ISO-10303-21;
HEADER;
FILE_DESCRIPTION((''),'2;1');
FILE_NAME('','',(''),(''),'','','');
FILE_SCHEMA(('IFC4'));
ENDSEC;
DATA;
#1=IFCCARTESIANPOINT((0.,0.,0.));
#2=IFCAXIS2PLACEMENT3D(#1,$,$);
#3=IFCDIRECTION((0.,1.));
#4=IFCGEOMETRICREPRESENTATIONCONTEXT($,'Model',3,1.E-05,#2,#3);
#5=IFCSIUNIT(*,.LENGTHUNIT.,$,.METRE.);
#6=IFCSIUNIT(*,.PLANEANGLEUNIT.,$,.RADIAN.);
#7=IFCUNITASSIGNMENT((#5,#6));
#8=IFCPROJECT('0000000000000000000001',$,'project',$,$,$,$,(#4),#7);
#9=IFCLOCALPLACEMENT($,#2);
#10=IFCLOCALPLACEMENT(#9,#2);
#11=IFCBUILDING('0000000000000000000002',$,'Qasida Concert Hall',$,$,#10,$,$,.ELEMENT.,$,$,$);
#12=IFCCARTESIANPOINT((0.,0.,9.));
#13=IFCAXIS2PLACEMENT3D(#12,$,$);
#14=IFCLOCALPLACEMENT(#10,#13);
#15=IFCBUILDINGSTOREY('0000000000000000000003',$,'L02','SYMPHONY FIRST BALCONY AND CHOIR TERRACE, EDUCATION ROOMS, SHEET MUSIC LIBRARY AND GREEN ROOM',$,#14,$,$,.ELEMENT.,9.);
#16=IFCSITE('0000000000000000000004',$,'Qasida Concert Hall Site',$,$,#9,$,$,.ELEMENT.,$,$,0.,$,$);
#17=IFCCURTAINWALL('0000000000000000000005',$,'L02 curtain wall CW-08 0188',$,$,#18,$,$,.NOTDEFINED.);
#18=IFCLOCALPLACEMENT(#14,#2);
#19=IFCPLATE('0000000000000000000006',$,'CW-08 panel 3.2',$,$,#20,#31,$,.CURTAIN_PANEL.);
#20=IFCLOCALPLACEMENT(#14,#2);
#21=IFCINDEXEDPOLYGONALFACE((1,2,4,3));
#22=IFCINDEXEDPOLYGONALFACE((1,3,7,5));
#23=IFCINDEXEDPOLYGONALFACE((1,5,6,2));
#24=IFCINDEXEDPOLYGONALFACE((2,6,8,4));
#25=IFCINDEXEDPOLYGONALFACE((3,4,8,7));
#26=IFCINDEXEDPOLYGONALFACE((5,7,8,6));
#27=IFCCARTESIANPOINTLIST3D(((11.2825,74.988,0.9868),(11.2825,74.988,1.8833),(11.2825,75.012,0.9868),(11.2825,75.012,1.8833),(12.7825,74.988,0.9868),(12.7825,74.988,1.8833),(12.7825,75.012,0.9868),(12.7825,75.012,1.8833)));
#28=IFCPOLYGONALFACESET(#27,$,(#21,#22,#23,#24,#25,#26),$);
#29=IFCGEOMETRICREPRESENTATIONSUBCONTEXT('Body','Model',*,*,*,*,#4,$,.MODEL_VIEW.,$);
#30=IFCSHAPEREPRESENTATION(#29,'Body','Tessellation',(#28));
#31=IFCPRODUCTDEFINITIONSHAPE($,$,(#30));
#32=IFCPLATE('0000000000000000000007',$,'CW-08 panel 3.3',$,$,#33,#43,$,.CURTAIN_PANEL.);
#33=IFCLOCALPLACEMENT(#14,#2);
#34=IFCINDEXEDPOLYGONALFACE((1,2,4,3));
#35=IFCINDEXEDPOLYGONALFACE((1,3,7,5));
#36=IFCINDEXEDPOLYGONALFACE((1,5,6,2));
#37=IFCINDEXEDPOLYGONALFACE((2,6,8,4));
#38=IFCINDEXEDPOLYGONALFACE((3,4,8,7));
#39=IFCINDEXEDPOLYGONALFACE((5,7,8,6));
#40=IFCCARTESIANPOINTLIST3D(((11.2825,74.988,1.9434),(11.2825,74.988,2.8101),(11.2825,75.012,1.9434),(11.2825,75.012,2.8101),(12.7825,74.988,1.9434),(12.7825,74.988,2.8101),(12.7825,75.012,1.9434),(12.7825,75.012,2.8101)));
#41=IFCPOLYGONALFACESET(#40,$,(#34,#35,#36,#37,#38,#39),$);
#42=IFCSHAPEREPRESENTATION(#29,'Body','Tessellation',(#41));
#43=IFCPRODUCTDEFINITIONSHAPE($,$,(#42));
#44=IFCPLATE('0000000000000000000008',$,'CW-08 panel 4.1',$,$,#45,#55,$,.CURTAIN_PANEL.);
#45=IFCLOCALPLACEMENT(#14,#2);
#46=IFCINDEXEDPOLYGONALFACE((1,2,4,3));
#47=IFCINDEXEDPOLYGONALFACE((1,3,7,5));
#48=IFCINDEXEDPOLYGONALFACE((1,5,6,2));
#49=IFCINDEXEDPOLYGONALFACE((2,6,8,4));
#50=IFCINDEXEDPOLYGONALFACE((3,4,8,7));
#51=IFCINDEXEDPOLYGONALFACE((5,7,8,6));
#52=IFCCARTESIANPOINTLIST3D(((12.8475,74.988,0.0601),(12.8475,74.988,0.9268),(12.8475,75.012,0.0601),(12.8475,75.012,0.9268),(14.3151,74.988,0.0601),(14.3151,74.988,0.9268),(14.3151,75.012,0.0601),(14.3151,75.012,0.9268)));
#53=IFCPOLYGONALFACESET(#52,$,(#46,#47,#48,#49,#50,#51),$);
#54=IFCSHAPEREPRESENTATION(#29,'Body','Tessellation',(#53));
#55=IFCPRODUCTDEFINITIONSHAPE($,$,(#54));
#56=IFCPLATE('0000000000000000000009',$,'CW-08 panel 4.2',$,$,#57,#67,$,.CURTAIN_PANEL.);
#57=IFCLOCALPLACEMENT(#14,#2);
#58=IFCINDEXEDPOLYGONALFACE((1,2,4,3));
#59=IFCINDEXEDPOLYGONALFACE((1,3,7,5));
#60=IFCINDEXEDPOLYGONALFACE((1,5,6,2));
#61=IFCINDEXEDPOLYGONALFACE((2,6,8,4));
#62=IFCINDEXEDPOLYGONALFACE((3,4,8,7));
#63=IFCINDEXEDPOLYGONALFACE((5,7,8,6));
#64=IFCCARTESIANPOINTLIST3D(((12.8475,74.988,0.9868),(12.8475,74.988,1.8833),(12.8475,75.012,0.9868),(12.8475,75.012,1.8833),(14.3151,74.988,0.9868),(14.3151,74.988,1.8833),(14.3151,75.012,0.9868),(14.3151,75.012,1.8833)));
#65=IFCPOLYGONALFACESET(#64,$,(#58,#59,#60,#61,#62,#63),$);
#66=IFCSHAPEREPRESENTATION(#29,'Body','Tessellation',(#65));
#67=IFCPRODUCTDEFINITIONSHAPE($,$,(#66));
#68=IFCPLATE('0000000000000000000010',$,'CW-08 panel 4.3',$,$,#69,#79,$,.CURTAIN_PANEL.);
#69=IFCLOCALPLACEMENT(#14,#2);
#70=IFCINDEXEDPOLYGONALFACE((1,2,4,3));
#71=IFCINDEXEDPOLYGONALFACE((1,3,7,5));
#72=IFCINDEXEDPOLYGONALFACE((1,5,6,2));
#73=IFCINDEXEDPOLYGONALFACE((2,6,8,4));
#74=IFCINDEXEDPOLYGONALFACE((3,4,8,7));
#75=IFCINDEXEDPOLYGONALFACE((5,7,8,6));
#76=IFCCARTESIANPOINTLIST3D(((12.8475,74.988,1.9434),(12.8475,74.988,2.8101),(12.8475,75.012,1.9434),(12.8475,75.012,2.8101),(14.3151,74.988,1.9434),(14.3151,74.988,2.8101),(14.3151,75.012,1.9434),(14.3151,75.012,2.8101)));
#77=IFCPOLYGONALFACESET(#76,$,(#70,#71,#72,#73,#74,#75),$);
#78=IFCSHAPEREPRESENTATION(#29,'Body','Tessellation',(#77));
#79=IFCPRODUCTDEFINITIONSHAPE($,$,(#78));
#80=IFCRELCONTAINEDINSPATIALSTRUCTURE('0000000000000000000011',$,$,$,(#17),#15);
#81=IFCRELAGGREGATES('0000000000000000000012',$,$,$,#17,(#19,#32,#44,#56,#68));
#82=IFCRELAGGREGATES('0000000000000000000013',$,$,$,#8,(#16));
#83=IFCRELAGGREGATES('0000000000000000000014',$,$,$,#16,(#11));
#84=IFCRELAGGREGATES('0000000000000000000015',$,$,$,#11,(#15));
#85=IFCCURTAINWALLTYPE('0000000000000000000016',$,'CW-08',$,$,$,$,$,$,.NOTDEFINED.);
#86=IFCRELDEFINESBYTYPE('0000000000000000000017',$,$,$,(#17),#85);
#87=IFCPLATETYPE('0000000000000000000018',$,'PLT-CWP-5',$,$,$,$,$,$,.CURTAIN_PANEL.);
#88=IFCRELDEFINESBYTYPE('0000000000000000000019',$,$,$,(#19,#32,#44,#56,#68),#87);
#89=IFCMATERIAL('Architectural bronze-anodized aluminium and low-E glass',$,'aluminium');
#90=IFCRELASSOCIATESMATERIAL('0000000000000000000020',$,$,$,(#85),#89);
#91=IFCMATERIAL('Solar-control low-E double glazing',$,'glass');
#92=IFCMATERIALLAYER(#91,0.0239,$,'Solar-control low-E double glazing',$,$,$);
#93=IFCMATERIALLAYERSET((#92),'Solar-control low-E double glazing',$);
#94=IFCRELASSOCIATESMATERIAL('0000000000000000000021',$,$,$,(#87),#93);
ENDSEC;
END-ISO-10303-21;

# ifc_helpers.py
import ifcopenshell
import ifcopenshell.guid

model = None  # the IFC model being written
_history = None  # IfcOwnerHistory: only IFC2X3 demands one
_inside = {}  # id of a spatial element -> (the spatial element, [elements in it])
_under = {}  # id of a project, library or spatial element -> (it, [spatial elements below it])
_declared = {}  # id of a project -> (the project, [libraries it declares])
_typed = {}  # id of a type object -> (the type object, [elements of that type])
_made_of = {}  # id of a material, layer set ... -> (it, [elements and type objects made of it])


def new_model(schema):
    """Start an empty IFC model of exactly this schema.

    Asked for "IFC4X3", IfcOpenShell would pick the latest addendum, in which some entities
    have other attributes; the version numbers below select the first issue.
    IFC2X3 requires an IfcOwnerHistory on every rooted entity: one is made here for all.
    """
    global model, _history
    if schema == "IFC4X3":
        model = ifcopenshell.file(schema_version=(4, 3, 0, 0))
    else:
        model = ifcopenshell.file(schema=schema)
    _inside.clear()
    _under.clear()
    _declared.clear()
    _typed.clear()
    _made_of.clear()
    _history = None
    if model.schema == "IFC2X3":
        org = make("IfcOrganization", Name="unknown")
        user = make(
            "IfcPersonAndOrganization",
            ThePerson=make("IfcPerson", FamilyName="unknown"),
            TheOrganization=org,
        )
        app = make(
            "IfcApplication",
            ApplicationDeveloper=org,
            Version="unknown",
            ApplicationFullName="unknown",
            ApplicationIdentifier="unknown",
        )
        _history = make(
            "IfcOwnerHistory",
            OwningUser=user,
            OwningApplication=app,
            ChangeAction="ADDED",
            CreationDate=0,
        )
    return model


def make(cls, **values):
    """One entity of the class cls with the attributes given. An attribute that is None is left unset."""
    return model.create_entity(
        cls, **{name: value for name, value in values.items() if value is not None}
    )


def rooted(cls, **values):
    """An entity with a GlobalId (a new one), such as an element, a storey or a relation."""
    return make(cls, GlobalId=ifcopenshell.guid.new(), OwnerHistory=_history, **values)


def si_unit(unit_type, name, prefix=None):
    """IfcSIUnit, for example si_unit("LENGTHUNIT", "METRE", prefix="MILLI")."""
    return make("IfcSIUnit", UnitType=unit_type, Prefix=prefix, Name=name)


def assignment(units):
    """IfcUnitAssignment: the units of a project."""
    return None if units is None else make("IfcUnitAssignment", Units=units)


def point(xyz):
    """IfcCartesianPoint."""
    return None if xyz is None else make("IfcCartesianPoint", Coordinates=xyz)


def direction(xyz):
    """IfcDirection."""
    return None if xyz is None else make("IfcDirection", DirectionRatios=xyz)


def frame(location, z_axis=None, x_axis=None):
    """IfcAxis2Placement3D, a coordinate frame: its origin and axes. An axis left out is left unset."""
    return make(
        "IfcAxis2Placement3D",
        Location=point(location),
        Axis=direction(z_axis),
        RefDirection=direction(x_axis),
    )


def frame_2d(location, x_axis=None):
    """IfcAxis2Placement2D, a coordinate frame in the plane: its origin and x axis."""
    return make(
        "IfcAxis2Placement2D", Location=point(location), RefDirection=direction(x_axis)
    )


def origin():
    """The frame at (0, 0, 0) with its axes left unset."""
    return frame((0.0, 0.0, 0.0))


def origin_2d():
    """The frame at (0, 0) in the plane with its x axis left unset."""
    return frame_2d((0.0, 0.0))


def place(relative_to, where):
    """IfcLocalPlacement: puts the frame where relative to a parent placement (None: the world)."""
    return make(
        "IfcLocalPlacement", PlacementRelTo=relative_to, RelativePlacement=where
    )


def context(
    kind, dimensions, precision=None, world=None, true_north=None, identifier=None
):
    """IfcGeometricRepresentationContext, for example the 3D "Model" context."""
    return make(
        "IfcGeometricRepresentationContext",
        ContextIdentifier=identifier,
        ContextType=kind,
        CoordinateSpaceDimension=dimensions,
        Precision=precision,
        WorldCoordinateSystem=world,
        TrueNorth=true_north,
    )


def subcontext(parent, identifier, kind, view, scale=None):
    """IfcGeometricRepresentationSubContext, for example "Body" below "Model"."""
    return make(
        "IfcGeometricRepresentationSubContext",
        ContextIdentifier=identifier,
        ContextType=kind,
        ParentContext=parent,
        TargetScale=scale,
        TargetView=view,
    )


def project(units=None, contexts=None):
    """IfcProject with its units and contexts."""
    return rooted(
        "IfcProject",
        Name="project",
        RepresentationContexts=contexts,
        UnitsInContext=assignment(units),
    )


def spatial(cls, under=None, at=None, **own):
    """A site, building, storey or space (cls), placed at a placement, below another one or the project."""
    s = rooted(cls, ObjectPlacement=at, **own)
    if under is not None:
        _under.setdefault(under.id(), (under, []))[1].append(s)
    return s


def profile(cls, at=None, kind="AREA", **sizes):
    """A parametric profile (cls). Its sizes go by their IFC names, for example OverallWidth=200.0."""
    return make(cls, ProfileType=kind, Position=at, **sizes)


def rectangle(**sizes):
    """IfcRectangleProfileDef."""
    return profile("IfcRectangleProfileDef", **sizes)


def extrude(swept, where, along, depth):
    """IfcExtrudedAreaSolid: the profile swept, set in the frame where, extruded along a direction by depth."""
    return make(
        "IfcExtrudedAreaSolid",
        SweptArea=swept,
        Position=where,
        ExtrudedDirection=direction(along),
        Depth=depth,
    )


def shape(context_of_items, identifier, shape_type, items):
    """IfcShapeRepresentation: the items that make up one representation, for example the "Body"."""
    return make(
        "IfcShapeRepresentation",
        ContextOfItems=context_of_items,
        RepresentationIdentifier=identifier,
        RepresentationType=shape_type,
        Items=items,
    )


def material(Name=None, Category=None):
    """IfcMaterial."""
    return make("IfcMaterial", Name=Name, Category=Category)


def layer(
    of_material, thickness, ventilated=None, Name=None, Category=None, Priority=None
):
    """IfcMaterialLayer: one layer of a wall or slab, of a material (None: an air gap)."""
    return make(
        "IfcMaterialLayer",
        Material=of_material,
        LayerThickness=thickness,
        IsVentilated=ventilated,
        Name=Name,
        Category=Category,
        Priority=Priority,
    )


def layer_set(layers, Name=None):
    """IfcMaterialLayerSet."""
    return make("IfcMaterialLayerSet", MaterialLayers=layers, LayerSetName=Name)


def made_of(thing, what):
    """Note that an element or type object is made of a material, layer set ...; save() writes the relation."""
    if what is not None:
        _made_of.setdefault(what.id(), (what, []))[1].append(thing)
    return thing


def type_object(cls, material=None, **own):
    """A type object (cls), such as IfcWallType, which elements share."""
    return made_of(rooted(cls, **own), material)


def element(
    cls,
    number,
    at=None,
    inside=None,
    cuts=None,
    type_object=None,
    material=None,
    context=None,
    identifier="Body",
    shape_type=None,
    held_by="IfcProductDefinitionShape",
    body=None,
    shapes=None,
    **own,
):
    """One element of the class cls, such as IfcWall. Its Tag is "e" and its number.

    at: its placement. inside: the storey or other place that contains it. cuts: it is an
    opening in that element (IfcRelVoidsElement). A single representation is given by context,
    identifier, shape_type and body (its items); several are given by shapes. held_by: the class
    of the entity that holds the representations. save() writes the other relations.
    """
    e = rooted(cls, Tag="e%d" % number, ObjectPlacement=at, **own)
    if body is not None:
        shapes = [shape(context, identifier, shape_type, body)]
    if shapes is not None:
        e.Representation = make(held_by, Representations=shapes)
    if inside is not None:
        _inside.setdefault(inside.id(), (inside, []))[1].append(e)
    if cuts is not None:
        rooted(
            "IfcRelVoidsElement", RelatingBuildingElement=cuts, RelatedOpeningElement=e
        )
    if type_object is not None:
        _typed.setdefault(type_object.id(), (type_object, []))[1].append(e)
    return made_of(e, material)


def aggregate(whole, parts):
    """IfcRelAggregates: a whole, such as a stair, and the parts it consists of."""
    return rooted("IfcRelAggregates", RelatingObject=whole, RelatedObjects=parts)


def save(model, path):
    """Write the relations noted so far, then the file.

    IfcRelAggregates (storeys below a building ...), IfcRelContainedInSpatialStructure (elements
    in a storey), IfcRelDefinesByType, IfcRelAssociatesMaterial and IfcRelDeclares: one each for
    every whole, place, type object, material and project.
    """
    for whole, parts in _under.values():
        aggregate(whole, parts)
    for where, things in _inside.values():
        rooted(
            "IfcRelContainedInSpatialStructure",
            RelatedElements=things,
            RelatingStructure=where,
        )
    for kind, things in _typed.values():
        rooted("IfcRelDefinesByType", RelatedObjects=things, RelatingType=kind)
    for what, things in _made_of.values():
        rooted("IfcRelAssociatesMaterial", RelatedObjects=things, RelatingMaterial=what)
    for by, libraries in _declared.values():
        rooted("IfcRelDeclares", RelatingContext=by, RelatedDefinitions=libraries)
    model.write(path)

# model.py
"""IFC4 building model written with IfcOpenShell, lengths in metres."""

from ifc_helpers import new_model, si_unit, direction, frame, origin, origin_2d, place, context, subcontext, project, spatial, rectangle, extrude, material, layer, layer_set, type_object, element, aggregate, save


model = new_model("IFC4")

# Units and contexts
model_context = context("Model", 3, precision=1e-05, world=origin(), true_north=direction((0.0, 1.0)))
body_context = subcontext(model_context, "Body", "Model", "MODEL_VIEW")
ifc_project = project(units=[si_unit("LENGTHUNIT", "METRE"), si_unit("PLANEANGLEUNIT", "RADIAN")], contexts=[model_context])

# Site, building, storey
site_placement = place(None, origin())
site = spatial("IfcSite", under=ifc_project, at=site_placement, Name="Qasida Concert Hall Site", CompositionType="ELEMENT", RefElevation=0.0)
building_placement = place(site_placement, origin())
building = spatial("IfcBuilding", under=site, at=building_placement, Name="Qasida Concert Hall", CompositionType="ELEMENT")
storey_placement = place(building_placement, frame((0.0, 0.0, 9.0)))
storey = spatial("IfcBuildingStorey", under=building, at=storey_placement, Name="L02", Description="SYMPHONY FIRST BALCONY AND CHOIR TERRACE, EDUCATION ROOMS, SHEET MUSIC LIBRARY AND GREEN ROOM", CompositionType="ELEMENT", Elevation=9.0)

# Curtain wall, plates
ifc_material_1 = material(Name="Architectural bronze-anodized aluminium and low-E glass", Category="aluminium")
curtain_wall_type = type_object("IfcCurtainWallType", Name="CW-08", PredefinedType="NOTDEFINED", material=ifc_material_1)
curtain_wall_placement = place(storey_placement, origin())
curtain_wall = element("IfcCurtainWall", 1, at=curtain_wall_placement, inside=storey, type_object=curtain_wall_type, Name="L02 curtain wall CW-08 0188", PredefinedType="NOTDEFINED")
ifc_material_2 = material(Name="Solar-control low-E double glazing", Category="glass")
ifc_layer = layer(ifc_material_2, 0.0239, Name="Solar-control low-E double glazing")
ifc_layer_set = layer_set([ifc_layer], Name="Solar-control low-E double glazing")
plate_type = type_object("IfcPlateType", Name="PLT-CWP-5", PredefinedType="CURTAIN_PANEL", material=ifc_layer_set)
plate_1_placement = place(storey_placement, frame((12.0325, 75.0, 0.9868), z_axis=(0.0, 0.0, 1.0), x_axis=(1.0, 0.0, 0.0)))
plate_1 = element("IfcPlate", 2, at=plate_1_placement, type_object=plate_type, Name="CW-08 panel 3.2", PredefinedType="CURTAIN_PANEL", context=body_context, shape_type="SweptSolid", body=[
    extrude(rectangle(XDim=1.5, YDim=0.0239, at=origin_2d()), origin(), (0.0, 0.0, 1.0), 0.8965),
])
plate_2_placement = place(storey_placement, frame((12.0325, 75.0, 1.9434), z_axis=(0.0, 0.0, 1.0), x_axis=(1.0, 0.0, 0.0)))
plate_2 = element("IfcPlate", 3, at=plate_2_placement, type_object=plate_type, Name="CW-08 panel 3.3", PredefinedType="CURTAIN_PANEL", context=body_context, shape_type="SweptSolid", body=[
    extrude(rectangle(XDim=1.5, YDim=0.0239, at=origin_2d()), origin(), (0.0, 0.0, 1.0), 0.8667),
])
plate_3_placement = place(storey_placement, frame((13.5813, 75.0, 0.0601), z_axis=(0.0, 0.0, 1.0), x_axis=(1.0, 0.0, 0.0)))
plate_3 = element("IfcPlate", 4, at=plate_3_placement, type_object=plate_type, Name="CW-08 panel 4.1", PredefinedType="CURTAIN_PANEL", context=body_context, shape_type="SweptSolid", body=[
    extrude(rectangle(XDim=1.4675, YDim=0.0239, at=origin_2d()), origin(), (0.0, 0.0, 1.0), 0.8667),
])
plate_4_placement = place(storey_placement, frame((13.5813, 75.0, 0.9868), z_axis=(0.0, 0.0, 1.0), x_axis=(1.0, 0.0, 0.0)))
plate_4 = element("IfcPlate", 5, at=plate_4_placement, type_object=plate_type, Name="CW-08 panel 4.2", PredefinedType="CURTAIN_PANEL", context=body_context, shape_type="SweptSolid", body=[
    extrude(rectangle(XDim=1.4675, YDim=0.0239, at=origin_2d()), origin(), (0.0, 0.0, 1.0), 0.8965),
])
plate_5_placement = place(storey_placement, frame((13.5813, 75.0, 1.9434), z_axis=(0.0, 0.0, 1.0), x_axis=(1.0, 0.0, 0.0)))
plate_5 = element("IfcPlate", 6, at=plate_5_placement, type_object=plate_type, Name="CW-08 panel 4.3", PredefinedType="CURTAIN_PANEL", context=body_context, shape_type="SweptSolid", body=[
    extrude(rectangle(XDim=1.4675, YDim=0.0239, at=origin_2d()), origin(), (0.0, 0.0, 1.0), 0.8667),
])
aggregate(curtain_wall, [plate_1, plate_2, plate_3, plate_4, plate_5])

save(model, "model.ifc")
